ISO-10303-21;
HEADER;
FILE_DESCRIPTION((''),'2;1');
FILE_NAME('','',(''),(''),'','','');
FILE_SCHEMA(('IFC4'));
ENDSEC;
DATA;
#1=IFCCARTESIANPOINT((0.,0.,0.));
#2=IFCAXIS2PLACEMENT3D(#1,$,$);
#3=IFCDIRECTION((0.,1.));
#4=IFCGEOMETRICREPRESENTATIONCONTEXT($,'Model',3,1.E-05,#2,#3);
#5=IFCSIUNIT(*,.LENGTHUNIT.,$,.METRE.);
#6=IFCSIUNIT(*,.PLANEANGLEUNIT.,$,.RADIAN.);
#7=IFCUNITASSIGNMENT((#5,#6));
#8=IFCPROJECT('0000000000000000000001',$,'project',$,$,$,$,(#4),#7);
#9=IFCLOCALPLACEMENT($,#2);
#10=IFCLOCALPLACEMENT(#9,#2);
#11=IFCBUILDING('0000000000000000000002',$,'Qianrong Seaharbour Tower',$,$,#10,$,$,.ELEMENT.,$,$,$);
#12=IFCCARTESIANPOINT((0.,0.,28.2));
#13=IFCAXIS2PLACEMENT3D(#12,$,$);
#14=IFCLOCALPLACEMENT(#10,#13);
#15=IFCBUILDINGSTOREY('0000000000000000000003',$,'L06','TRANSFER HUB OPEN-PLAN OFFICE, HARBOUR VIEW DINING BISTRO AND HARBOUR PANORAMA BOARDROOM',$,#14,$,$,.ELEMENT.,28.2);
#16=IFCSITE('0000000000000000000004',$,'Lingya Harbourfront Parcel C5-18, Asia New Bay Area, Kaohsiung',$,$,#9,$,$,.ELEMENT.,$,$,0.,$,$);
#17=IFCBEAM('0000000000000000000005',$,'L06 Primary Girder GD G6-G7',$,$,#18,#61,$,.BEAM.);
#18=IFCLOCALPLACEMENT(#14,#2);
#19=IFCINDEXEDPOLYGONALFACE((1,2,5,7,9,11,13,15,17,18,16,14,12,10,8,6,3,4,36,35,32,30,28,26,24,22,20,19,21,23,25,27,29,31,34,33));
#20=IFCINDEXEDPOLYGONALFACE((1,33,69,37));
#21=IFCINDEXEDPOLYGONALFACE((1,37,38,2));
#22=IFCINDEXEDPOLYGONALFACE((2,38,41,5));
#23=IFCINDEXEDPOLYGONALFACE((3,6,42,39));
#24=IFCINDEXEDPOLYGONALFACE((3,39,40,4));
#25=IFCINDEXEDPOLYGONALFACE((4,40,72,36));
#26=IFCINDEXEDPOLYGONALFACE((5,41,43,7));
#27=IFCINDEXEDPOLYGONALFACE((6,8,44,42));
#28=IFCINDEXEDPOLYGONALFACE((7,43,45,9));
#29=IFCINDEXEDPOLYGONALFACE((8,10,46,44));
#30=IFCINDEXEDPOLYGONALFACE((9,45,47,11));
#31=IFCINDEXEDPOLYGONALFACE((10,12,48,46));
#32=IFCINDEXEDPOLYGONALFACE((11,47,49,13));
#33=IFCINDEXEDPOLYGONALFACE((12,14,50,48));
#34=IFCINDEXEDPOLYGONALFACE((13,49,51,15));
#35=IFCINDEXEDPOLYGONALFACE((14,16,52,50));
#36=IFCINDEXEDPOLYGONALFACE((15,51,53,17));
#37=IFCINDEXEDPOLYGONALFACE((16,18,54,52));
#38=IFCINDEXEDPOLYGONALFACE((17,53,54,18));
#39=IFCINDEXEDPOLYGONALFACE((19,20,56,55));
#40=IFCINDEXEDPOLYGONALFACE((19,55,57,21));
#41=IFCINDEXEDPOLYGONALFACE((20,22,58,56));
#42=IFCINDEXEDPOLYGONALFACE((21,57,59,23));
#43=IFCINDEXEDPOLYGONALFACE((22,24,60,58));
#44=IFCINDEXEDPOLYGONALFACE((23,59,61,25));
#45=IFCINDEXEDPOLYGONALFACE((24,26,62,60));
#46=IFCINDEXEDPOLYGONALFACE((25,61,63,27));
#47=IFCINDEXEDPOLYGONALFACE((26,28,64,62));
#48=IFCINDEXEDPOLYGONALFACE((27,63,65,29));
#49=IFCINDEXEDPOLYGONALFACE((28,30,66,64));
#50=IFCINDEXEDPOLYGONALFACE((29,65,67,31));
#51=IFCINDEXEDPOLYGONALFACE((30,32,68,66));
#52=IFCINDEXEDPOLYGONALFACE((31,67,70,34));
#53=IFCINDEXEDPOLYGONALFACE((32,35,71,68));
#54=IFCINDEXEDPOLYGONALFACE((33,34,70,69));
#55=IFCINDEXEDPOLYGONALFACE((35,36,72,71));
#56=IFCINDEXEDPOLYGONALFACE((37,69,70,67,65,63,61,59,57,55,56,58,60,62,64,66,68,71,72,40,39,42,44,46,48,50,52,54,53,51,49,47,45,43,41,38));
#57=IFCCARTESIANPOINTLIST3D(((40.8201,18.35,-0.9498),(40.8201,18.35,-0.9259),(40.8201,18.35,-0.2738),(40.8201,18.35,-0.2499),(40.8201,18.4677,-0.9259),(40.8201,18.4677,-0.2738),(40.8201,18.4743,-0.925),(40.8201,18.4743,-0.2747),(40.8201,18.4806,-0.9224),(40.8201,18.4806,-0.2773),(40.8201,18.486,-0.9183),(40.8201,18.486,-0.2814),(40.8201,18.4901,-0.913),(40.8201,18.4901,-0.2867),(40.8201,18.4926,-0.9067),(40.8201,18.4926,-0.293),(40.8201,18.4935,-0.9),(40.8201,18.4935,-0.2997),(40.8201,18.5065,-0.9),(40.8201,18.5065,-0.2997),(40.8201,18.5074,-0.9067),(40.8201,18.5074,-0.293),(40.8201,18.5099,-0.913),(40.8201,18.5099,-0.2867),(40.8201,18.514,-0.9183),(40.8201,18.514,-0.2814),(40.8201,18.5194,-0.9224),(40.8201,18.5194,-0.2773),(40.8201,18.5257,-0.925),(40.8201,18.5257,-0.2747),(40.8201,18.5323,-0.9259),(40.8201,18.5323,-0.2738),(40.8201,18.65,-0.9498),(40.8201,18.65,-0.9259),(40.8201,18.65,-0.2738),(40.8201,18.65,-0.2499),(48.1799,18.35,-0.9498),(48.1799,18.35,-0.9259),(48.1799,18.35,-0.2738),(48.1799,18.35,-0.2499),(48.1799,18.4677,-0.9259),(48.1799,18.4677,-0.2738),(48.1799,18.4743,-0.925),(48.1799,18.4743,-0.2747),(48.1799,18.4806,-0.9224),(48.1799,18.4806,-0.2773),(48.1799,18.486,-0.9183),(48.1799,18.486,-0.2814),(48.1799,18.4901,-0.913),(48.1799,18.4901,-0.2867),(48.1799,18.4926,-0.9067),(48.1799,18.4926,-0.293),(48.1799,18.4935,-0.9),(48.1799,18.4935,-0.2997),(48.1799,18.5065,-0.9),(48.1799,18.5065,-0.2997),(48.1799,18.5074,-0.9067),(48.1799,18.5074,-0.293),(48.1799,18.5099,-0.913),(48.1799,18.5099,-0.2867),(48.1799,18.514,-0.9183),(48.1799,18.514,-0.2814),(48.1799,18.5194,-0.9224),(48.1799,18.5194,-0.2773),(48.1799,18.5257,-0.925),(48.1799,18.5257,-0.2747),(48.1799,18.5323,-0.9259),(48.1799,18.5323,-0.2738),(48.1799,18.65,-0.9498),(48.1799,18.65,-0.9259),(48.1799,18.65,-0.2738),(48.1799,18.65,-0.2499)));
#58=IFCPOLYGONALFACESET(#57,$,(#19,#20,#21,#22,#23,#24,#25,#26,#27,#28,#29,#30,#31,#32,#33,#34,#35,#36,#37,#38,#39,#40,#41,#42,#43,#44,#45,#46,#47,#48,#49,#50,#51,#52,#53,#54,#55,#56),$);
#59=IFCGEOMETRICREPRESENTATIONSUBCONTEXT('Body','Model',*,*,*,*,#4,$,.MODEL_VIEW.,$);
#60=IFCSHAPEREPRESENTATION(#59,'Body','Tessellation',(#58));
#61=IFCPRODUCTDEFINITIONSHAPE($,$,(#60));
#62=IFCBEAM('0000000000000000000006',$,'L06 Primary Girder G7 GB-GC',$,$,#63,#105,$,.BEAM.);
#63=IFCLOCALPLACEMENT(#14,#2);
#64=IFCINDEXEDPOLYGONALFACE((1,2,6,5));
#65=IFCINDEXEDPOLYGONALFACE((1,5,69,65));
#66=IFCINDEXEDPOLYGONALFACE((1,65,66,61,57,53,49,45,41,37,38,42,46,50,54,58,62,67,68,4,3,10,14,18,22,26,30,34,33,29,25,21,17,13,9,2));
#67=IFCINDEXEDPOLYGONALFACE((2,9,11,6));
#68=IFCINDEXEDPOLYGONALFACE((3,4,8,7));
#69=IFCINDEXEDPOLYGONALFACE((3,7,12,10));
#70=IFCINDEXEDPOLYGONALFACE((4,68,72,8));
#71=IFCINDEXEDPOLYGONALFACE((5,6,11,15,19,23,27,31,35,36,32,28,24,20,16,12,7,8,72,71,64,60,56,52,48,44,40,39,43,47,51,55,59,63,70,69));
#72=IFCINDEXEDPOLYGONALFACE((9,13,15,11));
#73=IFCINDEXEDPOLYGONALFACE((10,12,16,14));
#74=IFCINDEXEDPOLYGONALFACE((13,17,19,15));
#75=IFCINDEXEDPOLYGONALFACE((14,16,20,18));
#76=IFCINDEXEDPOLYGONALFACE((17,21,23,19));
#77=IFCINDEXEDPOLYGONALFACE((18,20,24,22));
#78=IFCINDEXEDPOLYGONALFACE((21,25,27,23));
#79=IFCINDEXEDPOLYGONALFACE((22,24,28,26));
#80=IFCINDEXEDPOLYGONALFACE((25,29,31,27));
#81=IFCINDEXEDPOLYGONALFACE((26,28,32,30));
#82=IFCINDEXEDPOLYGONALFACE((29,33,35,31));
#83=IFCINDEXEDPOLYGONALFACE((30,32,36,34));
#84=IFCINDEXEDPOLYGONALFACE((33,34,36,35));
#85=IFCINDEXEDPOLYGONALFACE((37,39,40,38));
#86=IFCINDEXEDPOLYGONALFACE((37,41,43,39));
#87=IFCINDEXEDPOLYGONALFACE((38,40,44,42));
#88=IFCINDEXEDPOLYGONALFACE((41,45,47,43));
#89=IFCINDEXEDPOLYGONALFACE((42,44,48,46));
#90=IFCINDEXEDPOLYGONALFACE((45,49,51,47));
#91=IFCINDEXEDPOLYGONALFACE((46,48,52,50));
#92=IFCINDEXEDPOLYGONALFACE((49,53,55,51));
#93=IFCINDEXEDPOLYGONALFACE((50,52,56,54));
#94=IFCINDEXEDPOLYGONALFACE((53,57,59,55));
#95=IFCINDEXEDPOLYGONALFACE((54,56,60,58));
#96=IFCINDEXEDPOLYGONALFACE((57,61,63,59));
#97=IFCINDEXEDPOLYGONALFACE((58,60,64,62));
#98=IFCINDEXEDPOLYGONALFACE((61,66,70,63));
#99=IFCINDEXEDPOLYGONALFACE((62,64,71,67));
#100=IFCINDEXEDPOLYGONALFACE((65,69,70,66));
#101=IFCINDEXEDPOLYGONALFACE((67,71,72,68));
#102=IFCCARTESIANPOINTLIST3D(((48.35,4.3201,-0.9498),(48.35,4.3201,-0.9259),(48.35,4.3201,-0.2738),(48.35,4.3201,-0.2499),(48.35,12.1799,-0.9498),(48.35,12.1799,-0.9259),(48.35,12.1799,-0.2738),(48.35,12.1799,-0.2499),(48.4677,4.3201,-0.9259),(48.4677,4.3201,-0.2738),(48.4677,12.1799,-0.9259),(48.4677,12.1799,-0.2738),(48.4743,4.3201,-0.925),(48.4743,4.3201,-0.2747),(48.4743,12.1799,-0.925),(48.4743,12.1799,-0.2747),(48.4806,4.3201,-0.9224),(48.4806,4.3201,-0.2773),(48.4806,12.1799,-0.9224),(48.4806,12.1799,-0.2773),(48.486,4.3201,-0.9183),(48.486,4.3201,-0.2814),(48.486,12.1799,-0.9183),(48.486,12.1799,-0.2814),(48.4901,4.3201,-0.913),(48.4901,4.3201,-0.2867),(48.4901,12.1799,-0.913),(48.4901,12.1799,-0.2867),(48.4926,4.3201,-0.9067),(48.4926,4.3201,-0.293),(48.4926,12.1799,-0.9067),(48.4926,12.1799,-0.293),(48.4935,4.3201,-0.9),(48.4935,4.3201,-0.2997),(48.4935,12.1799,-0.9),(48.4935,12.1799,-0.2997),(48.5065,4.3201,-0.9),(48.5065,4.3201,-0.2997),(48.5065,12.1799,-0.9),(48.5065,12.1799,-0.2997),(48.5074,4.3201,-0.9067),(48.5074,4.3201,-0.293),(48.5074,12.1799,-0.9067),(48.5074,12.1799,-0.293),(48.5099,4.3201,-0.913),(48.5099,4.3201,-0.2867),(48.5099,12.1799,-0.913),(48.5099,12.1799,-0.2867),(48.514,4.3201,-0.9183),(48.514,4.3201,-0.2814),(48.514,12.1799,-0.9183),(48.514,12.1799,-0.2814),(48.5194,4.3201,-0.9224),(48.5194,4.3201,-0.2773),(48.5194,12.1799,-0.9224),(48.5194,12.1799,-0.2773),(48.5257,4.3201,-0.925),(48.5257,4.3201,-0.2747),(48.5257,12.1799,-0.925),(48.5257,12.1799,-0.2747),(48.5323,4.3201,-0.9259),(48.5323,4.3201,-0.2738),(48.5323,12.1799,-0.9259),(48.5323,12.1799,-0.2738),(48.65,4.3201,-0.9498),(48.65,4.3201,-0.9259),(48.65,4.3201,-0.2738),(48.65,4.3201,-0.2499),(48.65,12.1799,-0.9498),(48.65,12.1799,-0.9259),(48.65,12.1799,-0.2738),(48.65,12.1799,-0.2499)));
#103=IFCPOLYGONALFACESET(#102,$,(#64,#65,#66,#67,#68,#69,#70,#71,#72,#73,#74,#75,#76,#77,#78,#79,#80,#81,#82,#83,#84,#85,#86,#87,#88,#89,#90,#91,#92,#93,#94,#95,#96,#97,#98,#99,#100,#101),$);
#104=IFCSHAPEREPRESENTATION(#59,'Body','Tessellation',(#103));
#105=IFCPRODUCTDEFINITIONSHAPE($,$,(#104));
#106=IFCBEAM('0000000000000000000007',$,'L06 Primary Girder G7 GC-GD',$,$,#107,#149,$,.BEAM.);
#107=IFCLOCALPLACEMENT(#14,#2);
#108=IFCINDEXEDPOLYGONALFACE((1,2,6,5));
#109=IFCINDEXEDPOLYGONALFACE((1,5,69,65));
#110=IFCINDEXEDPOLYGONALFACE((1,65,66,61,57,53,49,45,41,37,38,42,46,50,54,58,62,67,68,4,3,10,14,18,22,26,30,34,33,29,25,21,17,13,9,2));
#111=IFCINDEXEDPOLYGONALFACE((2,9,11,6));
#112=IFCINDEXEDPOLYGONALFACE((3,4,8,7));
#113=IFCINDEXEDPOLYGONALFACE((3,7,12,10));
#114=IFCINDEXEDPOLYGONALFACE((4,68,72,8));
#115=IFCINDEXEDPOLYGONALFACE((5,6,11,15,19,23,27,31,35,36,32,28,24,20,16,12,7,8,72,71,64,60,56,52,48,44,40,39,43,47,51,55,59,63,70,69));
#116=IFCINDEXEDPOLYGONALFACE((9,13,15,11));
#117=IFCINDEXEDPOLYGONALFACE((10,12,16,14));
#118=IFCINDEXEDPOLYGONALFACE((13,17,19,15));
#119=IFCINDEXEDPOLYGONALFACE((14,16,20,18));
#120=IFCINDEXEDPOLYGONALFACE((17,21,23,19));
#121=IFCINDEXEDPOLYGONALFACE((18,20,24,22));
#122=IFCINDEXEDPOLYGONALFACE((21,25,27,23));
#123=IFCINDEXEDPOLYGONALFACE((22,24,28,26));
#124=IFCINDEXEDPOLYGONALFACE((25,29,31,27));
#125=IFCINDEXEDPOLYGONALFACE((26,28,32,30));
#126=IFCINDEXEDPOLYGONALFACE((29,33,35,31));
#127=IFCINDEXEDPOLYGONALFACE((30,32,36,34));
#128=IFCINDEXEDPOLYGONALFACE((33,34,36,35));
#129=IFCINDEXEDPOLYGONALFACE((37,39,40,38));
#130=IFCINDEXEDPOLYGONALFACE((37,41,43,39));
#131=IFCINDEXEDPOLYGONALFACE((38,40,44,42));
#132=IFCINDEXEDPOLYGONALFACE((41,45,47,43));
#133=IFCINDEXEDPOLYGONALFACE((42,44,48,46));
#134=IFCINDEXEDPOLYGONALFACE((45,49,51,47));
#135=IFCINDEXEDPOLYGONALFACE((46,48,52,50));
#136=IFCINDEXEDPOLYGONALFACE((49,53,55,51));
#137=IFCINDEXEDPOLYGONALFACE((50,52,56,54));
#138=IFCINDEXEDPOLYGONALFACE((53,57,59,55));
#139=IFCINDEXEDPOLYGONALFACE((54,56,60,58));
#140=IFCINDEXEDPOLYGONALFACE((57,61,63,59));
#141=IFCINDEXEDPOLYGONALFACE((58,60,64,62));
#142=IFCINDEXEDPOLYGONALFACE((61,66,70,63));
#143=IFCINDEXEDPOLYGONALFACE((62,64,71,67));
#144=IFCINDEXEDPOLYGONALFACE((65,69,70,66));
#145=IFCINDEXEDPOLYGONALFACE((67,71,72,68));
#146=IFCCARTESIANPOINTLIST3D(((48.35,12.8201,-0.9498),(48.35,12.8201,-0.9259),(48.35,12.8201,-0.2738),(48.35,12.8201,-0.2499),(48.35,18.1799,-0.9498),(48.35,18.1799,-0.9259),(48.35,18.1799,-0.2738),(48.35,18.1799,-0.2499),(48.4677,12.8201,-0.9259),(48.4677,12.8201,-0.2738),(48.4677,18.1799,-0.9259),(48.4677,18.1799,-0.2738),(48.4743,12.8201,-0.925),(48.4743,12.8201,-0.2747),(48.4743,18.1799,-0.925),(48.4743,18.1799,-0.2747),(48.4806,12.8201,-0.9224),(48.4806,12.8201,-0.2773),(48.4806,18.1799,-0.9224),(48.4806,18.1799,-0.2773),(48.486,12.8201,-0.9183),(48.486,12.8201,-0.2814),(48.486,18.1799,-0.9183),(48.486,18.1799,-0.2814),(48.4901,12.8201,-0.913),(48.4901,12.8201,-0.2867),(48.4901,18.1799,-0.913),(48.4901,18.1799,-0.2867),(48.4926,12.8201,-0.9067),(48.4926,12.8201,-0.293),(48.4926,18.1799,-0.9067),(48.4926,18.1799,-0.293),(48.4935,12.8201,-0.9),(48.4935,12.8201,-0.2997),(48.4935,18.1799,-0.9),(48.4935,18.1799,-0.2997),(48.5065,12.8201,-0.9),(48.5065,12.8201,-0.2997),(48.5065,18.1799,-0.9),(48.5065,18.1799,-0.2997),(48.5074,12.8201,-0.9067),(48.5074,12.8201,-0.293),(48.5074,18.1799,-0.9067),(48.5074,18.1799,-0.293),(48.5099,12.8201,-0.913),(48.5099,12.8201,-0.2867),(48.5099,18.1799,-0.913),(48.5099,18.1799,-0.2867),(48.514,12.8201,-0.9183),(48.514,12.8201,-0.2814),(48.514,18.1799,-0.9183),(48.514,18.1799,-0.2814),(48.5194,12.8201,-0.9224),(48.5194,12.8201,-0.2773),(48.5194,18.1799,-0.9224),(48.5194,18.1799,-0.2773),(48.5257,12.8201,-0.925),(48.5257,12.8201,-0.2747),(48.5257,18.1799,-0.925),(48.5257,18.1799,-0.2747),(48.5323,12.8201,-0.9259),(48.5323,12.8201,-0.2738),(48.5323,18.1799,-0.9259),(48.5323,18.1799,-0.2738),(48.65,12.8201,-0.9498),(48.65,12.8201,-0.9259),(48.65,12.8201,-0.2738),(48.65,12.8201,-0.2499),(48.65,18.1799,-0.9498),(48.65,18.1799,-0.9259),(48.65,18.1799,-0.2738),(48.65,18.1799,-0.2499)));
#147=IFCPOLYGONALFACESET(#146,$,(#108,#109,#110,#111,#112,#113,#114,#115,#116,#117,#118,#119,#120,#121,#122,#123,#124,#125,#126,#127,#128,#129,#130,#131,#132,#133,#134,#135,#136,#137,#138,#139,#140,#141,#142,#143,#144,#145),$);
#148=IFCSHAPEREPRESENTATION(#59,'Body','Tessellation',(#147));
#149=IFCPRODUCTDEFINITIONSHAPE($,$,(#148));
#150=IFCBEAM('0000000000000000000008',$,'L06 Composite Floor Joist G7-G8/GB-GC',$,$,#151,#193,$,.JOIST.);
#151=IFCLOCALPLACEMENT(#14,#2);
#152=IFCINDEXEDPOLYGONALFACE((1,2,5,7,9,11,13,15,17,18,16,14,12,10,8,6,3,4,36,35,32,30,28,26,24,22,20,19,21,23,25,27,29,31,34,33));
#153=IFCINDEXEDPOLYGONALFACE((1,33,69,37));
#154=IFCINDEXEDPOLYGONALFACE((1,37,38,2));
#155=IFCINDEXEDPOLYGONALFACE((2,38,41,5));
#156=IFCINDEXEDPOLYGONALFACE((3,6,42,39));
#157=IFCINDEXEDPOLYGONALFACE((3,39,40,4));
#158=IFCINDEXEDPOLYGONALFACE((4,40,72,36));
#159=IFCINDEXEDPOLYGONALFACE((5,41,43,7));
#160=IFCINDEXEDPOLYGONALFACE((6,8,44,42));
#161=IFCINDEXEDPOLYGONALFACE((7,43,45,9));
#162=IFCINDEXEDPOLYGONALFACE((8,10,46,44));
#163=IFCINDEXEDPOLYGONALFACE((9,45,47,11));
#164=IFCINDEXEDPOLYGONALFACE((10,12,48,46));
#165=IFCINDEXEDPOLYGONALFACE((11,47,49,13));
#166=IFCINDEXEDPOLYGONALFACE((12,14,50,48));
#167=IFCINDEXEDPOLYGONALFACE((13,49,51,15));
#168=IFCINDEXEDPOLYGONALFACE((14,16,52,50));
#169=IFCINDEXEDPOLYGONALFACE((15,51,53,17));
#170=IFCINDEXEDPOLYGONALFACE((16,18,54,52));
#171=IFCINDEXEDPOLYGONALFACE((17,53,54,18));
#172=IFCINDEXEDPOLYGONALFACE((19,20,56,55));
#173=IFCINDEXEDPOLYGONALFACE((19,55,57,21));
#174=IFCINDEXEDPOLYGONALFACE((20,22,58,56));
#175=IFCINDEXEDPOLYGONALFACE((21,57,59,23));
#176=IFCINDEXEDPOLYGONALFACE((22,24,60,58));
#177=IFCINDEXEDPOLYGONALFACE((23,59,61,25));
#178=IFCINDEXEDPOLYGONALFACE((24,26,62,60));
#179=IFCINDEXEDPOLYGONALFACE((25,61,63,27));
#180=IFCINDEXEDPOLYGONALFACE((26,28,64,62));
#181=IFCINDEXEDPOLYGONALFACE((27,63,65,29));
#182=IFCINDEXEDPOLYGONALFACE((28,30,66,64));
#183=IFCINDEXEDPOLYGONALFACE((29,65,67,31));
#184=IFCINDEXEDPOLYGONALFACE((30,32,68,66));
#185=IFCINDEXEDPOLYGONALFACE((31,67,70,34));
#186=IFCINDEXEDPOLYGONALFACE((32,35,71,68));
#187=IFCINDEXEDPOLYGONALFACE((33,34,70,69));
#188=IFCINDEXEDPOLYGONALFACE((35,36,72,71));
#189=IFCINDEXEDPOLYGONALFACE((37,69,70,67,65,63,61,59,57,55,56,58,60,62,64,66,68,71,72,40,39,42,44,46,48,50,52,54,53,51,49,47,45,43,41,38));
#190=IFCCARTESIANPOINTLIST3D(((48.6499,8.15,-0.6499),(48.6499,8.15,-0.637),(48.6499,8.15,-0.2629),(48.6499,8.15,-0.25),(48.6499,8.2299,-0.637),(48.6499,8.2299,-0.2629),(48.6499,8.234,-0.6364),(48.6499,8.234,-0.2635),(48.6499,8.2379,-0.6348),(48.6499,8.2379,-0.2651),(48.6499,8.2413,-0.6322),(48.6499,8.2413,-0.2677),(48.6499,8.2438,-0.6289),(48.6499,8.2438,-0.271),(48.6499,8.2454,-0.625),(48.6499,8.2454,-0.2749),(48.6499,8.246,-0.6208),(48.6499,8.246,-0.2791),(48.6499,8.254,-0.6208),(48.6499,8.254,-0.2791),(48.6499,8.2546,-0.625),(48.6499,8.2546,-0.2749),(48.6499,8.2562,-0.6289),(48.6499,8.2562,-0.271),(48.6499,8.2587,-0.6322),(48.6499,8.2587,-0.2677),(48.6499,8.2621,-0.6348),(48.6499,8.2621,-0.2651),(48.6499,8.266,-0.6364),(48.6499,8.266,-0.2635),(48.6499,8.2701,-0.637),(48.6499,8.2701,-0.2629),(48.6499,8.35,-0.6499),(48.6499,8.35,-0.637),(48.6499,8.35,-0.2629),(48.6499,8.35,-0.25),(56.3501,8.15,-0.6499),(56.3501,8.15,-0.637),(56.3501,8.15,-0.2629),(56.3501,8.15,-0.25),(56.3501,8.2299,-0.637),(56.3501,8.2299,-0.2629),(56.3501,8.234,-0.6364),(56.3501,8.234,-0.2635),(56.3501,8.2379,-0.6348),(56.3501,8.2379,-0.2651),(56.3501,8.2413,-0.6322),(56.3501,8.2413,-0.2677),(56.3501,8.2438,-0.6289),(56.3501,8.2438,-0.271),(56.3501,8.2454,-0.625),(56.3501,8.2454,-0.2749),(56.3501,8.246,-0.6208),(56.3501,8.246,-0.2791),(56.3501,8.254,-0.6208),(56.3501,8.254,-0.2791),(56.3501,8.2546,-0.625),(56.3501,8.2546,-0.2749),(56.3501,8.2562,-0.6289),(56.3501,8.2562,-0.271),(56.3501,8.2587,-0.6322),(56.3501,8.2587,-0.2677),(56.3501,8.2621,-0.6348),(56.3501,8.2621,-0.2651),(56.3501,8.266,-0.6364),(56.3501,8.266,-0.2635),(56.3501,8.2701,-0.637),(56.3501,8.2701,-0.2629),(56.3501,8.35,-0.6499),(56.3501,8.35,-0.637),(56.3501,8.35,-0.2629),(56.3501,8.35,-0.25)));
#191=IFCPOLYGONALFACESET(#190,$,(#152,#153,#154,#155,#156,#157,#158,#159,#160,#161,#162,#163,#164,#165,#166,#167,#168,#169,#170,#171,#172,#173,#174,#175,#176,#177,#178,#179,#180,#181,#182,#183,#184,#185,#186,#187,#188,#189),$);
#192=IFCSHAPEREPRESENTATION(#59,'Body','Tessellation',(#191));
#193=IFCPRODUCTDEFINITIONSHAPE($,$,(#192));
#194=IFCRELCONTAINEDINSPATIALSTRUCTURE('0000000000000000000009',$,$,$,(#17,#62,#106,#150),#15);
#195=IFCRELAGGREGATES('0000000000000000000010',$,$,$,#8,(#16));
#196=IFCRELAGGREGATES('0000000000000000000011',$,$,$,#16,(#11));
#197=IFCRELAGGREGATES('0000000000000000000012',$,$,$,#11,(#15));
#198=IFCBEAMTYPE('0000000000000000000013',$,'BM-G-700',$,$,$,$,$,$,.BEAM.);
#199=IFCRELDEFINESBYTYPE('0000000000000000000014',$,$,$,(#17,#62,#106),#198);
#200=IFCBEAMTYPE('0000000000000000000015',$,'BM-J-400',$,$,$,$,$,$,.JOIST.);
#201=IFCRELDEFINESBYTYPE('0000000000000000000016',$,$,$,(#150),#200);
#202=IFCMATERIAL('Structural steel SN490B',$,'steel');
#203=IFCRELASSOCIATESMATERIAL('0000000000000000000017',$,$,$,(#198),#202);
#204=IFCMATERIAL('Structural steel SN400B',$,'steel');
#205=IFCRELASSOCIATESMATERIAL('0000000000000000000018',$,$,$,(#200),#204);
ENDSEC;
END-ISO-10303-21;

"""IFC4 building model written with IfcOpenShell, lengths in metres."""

from ifc_helpers import new_model, si_unit, direction, frame, origin, origin_2d, place, context, subcontext, project, spatial, i_section, extrude, material, material_profile, profile_set, type_object, element, save


model = new_model("IFC4")

# Units and contexts
model_context = context("Model", 3, precision=1e-05, world=origin(), true_north=direction((0.0, 1.0)))
body_context = subcontext(model_context, "Body", "Model", "MODEL_VIEW")
ifc_project = project(units=[si_unit("LENGTHUNIT", "METRE"), si_unit("PLANEANGLEUNIT", "RADIAN")], contexts=[model_context])

# Site, building, storey
site_placement = place(None, origin())
site = spatial("IfcSite", under=ifc_project, at=site_placement, Name="Lingya Harbourfront Parcel C5-18, Asia New Bay Area, Kaohsiung", CompositionType="ELEMENT", RefElevation=0.0)
building_placement = place(site_placement, origin())
building = spatial("IfcBuilding", under=site, at=building_placement, Name="Qianrong Seaharbour Tower", CompositionType="ELEMENT")
storey_placement = place(building_placement, frame((0.0, 0.0, 28.2)))
storey = spatial("IfcBuildingStorey", under=building, at=storey_placement, Name="L06", Description="TRANSFER HUB OPEN-PLAN OFFICE, HARBOUR VIEW DINING BISTRO AND HARBOUR PANORAMA BOARDROOM", CompositionType="ELEMENT", Elevation=28.2)

# Shared definitions
ifc_material_1 = material(Name="Structural steel SN490B", Category="steel")

# Beams
ifc_material_profile_1 = material_profile(ifc_material_1, i_section(OverallWidth=0.3, OverallDepth=0.7, WebThickness=0.0129, FlangeThickness=0.0239, FilletRadius=0.0259, at=origin_2d()), Name="H700x300x13x24")
ifc_profile_set_1 = profile_set([ifc_material_profile_1], Name="Structural steel SN490B")
beam_type_1 = type_object("IfcBeamType", Name="BM-G-700", PredefinedType="BEAM", material=ifc_profile_set_1)
for number, where, z_axis, x_axis, name in (
    (1, (40.8201, 18.5, -0.5999), (1.0, 0.0, 0.0), (0.0, 1.0, 0.0), "L06 Primary Girder GD G6-G7"),
):
    element("IfcBeam", number, at=place(storey_placement, frame(where, z_axis=z_axis, x_axis=x_axis)), inside=storey, type_object=beam_type_1, Name=name, PredefinedType="BEAM", context=body_context, shape_type="SweptSolid", body=[
        extrude(i_section(OverallWidth=0.3, OverallDepth=0.7, WebThickness=0.0129, FlangeThickness=0.0239, FilletRadius=0.0259, at=origin_2d()), origin(), (0.0, 0.0, 1.0), 7.3599),
    ])
beam_1_placement = place(storey_placement, frame((48.5, 4.3201, -0.5999), z_axis=(0.0, 1.0, 0.0), x_axis=(-1.0, 0.0, 0.0)))
element("IfcBeam", 2, at=beam_1_placement, inside=storey, type_object=beam_type_1, Name="L06 Primary Girder G7 GB-GC", PredefinedType="BEAM", context=body_context, shape_type="SweptSolid", body=[
    extrude(i_section(OverallWidth=0.3, OverallDepth=0.7, WebThickness=0.0129, FlangeThickness=0.0239, FilletRadius=0.0259, at=origin_2d()), origin(), (0.0, 0.0, 1.0), 7.8599),
])
beam_2_placement = place(storey_placement, frame((48.5, 12.8201, -0.5999), z_axis=(0.0, 1.0, 0.0), x_axis=(-1.0, 0.0, 0.0)))
element("IfcBeam", 3, at=beam_2_placement, inside=storey, type_object=beam_type_1, Name="L06 Primary Girder G7 GC-GD", PredefinedType="BEAM", context=body_context, shape_type="SweptSolid", body=[
    extrude(i_section(OverallWidth=0.3, OverallDepth=0.7, WebThickness=0.0129, FlangeThickness=0.0239, FilletRadius=0.0259, at=origin_2d()), origin(), (0.0, 0.0, 1.0), 5.3599),
])
ifc_material_2 = material(Name="Structural steel SN400B", Category="steel")
ifc_material_profile_2 = material_profile(ifc_material_2, i_section(OverallWidth=0.2, OverallDepth=0.3999, WebThickness=0.0081, FlangeThickness=0.0129, FilletRadius=0.0161, at=origin_2d()), Name="H400x200x8x13")
ifc_profile_set_2 = profile_set([ifc_material_profile_2], Name="Structural steel SN400B")
beam_type_2 = type_object("IfcBeamType", Name="BM-J-400", PredefinedType="JOIST", material=ifc_profile_set_2)
for number, where, z_axis, x_axis, name in (
    (4, (48.6499, 8.25, -0.45), (1.0, 0.0, 0.0), (0.0, 1.0, 0.0), "L06 Composite Floor Joist G7-G8/GB-GC"),
):
    element("IfcBeam", number, at=place(storey_placement, frame(where, z_axis=z_axis, x_axis=x_axis)), inside=storey, type_object=beam_type_2, Name=name, PredefinedType="JOIST", context=body_context, shape_type="SweptSolid", body=[
        extrude(i_section(OverallWidth=0.2, OverallDepth=0.3999, WebThickness=0.0081, FlangeThickness=0.0129, FilletRadius=0.0161, at=origin_2d()), origin(), (0.0, 0.0, 1.0), 7.7002),
    ])

save(model, "model.ifc")
